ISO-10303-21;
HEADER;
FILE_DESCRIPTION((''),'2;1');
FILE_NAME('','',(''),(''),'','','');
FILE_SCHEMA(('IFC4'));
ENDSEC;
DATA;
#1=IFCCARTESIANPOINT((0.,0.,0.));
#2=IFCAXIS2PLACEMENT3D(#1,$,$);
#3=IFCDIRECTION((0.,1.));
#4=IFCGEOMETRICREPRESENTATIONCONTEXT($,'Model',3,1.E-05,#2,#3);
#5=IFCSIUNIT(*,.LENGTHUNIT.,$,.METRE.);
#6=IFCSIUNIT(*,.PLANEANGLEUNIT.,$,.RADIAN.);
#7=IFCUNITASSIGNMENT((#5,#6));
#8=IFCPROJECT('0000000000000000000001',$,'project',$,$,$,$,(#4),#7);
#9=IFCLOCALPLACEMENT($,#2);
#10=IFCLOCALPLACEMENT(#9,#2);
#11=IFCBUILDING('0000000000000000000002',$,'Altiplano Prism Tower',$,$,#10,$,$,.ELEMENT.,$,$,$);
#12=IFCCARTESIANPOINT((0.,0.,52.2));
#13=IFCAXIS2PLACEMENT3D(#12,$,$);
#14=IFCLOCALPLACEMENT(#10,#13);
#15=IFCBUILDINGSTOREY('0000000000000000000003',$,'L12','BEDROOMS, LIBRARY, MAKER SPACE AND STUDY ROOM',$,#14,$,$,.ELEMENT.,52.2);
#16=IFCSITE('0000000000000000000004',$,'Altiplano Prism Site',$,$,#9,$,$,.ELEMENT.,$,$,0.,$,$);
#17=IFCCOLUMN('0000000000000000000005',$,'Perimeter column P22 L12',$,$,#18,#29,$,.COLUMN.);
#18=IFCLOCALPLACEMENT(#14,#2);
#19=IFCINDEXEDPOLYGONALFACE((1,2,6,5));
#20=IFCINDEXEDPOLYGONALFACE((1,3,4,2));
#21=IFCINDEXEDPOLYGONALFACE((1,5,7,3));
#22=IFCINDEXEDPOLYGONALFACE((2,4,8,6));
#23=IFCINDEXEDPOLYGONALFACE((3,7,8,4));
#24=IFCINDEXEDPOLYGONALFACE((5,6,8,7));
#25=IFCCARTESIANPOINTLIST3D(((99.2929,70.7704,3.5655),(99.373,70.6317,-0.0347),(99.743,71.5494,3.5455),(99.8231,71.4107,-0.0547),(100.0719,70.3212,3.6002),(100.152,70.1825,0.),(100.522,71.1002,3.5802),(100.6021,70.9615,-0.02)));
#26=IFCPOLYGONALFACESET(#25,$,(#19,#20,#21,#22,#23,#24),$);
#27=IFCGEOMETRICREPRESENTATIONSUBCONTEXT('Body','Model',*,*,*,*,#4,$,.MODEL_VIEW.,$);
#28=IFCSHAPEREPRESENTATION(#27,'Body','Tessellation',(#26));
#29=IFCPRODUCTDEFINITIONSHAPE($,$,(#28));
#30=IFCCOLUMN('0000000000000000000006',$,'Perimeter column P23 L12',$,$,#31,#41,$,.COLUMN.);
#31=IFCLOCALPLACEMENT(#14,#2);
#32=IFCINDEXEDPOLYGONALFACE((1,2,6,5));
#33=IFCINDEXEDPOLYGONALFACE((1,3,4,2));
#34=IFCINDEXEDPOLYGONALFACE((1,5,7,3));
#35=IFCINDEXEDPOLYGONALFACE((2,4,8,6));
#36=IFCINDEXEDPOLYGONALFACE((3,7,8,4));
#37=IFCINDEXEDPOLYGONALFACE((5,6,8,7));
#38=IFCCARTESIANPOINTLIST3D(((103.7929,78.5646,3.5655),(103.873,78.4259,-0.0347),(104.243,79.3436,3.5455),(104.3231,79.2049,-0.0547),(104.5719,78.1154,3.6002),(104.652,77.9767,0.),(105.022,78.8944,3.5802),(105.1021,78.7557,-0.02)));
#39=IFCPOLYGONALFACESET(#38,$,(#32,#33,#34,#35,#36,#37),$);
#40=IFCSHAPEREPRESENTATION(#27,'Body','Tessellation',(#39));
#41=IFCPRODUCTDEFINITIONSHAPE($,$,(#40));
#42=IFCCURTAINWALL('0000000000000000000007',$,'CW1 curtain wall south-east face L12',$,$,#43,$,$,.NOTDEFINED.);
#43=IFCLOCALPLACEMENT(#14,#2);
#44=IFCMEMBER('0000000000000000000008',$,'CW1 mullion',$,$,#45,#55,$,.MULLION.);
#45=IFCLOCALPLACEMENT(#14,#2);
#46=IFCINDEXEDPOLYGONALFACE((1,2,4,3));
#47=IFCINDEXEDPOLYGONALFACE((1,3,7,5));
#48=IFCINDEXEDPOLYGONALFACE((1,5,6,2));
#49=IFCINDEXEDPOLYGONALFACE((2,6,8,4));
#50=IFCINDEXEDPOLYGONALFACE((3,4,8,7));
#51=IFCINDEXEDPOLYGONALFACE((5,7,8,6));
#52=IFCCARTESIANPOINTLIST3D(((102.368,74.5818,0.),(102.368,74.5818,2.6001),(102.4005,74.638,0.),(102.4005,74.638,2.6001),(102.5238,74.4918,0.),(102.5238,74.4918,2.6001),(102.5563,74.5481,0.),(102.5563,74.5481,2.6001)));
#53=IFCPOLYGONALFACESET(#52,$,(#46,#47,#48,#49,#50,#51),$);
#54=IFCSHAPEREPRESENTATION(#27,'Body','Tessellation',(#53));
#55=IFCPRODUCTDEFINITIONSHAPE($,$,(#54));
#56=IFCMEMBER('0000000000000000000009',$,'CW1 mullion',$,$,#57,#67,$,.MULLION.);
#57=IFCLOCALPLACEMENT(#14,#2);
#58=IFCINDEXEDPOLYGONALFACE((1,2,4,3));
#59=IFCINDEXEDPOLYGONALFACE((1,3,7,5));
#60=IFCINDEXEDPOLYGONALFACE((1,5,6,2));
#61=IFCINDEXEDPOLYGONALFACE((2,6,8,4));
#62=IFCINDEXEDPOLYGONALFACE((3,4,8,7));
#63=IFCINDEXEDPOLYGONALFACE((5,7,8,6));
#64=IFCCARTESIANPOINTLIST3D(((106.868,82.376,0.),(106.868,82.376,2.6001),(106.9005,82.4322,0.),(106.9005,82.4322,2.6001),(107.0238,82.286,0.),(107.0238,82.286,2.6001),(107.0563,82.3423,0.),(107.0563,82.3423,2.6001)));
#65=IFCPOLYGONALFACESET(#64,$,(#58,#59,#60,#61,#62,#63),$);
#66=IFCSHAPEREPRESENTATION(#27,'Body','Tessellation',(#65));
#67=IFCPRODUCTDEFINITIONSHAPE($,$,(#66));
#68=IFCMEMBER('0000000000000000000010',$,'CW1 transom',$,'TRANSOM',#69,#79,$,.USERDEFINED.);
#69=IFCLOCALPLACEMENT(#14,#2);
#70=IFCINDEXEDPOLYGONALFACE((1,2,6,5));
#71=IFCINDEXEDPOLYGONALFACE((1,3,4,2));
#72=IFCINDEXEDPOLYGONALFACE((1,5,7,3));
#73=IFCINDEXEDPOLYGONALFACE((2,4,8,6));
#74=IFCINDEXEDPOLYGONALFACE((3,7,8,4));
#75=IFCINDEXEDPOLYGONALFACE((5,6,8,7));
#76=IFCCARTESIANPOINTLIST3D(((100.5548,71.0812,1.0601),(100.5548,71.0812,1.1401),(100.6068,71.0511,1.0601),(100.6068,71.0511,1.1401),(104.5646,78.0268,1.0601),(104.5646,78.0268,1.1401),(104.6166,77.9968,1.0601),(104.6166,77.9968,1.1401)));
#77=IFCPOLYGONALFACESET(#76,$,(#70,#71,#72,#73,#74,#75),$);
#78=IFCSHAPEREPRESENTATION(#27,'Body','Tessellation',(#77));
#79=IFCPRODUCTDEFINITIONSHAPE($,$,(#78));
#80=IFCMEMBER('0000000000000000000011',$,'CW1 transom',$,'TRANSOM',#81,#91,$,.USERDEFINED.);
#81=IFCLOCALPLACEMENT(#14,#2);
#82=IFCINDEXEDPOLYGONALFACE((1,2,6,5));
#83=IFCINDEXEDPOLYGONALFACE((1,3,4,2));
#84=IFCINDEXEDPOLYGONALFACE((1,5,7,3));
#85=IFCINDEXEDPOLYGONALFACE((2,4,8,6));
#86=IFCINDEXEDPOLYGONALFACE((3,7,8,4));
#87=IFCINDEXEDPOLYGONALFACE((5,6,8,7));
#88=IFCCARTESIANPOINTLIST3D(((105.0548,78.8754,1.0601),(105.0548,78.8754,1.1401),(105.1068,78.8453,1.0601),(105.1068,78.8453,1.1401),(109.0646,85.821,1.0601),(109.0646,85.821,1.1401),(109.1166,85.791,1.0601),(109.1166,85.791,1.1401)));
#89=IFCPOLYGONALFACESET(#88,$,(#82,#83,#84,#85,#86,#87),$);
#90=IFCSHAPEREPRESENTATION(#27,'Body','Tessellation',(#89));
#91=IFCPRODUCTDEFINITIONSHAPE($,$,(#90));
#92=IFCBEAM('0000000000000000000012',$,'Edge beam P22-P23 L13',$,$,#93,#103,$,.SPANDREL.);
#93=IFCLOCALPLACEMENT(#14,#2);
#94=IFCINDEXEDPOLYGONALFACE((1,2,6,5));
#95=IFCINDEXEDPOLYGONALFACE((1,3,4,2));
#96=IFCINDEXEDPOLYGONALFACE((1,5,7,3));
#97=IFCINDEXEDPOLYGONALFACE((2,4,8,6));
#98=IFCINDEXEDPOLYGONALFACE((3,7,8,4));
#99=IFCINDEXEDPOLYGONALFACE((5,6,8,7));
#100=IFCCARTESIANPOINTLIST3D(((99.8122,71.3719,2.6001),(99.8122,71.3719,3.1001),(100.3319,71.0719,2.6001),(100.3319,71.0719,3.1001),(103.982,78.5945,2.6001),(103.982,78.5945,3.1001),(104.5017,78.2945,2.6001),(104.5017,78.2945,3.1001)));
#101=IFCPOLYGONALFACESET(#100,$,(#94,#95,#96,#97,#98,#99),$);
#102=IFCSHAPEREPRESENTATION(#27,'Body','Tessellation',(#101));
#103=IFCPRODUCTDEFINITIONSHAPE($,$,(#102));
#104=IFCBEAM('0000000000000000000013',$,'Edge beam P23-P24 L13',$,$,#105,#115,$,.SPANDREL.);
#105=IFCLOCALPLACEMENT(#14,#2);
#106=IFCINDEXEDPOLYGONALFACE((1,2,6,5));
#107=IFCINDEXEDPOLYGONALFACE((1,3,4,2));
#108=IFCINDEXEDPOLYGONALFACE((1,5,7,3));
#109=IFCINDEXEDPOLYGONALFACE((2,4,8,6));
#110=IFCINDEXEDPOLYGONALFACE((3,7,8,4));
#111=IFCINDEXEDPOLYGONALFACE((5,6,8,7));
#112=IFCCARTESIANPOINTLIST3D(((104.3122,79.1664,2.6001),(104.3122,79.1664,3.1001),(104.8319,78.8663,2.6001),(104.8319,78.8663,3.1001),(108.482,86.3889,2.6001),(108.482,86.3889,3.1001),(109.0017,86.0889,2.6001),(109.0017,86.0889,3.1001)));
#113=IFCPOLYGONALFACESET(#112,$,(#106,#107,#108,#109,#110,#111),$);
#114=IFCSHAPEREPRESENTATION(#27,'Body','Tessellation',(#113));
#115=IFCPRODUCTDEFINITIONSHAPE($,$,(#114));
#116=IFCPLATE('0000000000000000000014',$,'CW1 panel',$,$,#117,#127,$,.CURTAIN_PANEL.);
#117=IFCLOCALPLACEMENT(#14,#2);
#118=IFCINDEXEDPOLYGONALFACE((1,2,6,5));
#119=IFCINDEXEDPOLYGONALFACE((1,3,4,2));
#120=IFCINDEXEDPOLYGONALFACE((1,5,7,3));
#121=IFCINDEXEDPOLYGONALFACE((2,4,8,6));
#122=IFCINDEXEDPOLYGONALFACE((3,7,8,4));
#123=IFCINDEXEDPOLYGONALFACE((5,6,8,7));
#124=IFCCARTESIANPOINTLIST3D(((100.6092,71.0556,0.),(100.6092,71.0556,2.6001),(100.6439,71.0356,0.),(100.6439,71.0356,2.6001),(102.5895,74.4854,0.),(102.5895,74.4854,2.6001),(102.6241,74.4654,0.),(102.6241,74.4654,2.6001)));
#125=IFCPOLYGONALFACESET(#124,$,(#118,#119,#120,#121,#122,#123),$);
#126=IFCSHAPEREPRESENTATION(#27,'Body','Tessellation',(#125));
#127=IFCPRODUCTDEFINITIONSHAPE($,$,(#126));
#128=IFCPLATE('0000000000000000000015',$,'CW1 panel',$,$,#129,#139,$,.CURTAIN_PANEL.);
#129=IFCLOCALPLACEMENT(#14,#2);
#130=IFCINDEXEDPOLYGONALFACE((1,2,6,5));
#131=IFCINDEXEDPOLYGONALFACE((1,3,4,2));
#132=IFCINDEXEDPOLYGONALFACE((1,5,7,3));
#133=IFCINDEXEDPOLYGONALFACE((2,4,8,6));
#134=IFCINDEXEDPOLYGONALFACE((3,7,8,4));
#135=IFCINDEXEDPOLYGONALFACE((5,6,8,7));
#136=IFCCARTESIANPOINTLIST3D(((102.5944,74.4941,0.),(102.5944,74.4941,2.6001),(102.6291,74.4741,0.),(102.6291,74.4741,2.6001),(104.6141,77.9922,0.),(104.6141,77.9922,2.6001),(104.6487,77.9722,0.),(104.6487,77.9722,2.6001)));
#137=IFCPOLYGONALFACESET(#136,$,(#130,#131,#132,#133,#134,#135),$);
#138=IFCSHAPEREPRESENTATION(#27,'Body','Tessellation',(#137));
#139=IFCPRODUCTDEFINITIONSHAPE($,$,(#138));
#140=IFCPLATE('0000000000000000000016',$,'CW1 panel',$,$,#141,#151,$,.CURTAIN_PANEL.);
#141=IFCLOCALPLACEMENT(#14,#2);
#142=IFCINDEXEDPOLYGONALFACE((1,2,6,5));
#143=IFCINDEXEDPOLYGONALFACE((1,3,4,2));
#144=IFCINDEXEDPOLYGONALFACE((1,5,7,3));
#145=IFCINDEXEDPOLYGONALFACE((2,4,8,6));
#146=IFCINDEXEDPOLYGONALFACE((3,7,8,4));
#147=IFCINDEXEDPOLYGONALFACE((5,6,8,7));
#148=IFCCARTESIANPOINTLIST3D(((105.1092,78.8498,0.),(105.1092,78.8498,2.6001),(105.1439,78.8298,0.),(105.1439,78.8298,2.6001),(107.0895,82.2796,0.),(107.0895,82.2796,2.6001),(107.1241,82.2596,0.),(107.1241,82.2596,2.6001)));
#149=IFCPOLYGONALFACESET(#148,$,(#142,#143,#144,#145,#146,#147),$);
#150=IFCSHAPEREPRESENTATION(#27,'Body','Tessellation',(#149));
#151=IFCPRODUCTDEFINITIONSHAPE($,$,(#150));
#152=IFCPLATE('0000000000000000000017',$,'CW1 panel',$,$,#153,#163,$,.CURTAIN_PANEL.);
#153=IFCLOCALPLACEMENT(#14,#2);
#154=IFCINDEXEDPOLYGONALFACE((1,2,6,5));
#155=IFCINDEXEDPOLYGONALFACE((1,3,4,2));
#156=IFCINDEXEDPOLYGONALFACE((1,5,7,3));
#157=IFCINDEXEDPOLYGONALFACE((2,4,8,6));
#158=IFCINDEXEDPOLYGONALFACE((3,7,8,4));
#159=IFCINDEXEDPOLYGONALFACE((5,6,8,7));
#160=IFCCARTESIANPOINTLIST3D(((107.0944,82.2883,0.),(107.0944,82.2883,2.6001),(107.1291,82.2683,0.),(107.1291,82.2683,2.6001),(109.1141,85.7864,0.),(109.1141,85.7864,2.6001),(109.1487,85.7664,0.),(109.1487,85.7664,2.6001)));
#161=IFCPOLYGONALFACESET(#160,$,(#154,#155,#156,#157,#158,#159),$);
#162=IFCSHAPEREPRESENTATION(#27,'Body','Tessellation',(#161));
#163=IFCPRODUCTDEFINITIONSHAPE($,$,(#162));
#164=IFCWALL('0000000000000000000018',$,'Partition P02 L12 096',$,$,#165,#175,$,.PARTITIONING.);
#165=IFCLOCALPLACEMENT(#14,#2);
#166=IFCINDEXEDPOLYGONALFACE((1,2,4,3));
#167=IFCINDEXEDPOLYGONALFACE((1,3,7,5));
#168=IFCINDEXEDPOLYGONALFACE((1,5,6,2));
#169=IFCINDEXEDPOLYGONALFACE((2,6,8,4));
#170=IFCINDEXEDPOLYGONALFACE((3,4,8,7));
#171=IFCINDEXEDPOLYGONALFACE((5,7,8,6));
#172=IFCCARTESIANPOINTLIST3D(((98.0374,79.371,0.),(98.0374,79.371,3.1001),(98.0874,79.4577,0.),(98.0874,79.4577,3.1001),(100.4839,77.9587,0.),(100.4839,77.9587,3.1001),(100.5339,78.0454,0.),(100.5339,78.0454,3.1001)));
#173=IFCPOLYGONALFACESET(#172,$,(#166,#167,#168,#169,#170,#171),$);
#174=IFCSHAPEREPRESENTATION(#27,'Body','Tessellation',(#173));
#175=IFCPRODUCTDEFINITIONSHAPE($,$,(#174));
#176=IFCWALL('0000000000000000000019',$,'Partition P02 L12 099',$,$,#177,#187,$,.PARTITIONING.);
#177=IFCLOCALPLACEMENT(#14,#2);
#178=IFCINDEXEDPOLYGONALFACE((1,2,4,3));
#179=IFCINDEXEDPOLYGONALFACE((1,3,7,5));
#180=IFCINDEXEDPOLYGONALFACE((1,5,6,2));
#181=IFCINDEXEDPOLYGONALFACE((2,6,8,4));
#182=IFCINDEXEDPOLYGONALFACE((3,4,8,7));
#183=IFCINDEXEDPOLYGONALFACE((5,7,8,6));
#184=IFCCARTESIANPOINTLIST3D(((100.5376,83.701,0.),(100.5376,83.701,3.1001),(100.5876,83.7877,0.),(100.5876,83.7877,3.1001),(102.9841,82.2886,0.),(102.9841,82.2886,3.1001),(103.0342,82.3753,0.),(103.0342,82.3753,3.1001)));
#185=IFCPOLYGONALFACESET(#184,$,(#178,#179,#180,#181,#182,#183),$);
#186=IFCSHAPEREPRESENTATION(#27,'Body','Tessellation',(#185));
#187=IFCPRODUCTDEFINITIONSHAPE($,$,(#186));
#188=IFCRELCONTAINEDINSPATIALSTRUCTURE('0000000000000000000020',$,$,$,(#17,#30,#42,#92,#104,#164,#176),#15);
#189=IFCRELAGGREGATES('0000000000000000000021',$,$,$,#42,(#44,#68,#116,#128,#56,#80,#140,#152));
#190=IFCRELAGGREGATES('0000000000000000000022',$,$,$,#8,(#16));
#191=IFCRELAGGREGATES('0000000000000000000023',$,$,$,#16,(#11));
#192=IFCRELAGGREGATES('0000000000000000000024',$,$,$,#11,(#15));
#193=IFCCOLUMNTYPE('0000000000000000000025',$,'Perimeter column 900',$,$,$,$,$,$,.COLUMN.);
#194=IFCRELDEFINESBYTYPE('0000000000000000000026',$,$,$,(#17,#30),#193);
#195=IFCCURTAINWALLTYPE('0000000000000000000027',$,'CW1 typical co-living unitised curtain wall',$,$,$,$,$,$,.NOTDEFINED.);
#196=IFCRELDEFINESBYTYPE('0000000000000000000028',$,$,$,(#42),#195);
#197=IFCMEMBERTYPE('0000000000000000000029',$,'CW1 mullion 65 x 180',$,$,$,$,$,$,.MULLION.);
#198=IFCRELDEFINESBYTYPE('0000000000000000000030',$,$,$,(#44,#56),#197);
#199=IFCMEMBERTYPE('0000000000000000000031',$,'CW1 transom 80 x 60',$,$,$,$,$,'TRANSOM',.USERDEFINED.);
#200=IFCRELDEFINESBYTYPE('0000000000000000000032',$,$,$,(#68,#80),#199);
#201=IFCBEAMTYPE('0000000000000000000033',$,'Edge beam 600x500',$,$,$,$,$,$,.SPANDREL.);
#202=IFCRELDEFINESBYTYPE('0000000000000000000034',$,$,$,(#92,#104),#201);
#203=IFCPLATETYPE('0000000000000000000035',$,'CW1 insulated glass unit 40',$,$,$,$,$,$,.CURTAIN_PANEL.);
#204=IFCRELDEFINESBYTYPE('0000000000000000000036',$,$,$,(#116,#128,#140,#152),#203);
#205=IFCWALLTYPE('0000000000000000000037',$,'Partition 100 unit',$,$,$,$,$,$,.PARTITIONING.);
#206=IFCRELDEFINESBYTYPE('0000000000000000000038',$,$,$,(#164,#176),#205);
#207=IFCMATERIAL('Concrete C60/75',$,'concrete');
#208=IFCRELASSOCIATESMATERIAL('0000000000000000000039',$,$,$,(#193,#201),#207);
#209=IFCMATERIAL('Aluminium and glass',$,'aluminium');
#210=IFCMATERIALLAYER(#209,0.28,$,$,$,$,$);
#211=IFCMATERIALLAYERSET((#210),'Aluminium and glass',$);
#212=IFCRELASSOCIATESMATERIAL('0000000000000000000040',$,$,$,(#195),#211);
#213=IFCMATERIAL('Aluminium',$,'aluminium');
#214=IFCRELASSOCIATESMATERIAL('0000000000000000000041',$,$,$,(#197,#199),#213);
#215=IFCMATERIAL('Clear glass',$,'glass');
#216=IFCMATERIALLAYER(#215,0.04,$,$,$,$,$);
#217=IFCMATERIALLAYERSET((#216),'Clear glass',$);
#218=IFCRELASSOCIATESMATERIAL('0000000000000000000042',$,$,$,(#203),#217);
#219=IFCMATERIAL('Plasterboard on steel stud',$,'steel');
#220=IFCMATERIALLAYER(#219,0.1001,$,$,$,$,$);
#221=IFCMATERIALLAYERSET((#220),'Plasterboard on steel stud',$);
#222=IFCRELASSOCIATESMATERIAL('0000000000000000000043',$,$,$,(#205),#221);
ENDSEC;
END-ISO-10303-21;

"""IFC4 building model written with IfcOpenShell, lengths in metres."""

from ifc_helpers import new_model, si_unit, direction, frame, frame_2d, origin, origin_2d, place, context, subcontext, project, spatial, rectangle, extrude, material, layer, layer_set, material_profile, profile_set, type_object, element, aggregate, save


model = new_model("IFC4")

# Units and contexts
model_context = context("Model", 3, precision=1e-05, world=origin(), true_north=direction((0.0, 1.0)))
body_context = subcontext(model_context, "Body", "Model", "MODEL_VIEW")
ifc_project = project(units=[si_unit("LENGTHUNIT", "METRE"), si_unit("PLANEANGLEUNIT", "RADIAN")], contexts=[model_context])

# Site, building, storey
site_placement = place(None, origin())
site = spatial("IfcSite", under=ifc_project, at=site_placement, Name="Altiplano Prism Site", CompositionType="ELEMENT", RefElevation=0.0)
building_placement = place(site_placement, origin())
building = spatial("IfcBuilding", under=site, at=building_placement, Name="Altiplano Prism Tower", CompositionType="ELEMENT")
storey_placement = place(building_placement, frame((0.0, 0.0, 52.2)))
storey = spatial("IfcBuildingStorey", under=building, at=storey_placement, Name="L12", Description="BEDROOMS, LIBRARY, MAKER SPACE AND STUDY ROOM", CompositionType="ELEMENT", Elevation=52.2)

# Columns
ifc_material_1 = material(Name="Concrete C60/75", Category="concrete")
ifc_material_profile_1 = material_profile(ifc_material_1, rectangle(XDim=0.8999, YDim=0.8999, at=origin_2d()), Name="Perimeter column 900")
ifc_profile_set_1 = profile_set([ifc_material_profile_1], Name="Concrete C60/75")
column_type = type_object("IfcColumnType", Name="Perimeter column 900", PredefinedType="COLUMN", material=ifc_profile_set_1)
for number, where, z_axis, x_axis, name in (
    (1, (99.9875, 70.7966, -0.0273), (-0.022221, 0.038481, 0.999012), (-0.50017, -0.865642, 0.022218), "Perimeter column P22 L12"),
    (2, (104.4875, 78.5908, -0.0273), (-0.022221, 0.038481, 0.999012), (-0.500175, -0.86564, 0.022218), "Perimeter column P23 L12"),
):
    element("IfcColumn", number, at=place(storey_placement, frame(where, z_axis=z_axis, x_axis=x_axis)), inside=storey, type_object=column_type, Name=name, PredefinedType="COLUMN", context=body_context, shape_type="SweptSolid", body=[
        extrude(rectangle(XDim=0.8999, YDim=0.8999, at=origin_2d()), origin(), (0.0, 0.0, 1.0), 3.6038),
    ])

# Curtain wall, members
ifc_material_2 = material(Name="Aluminium and glass", Category="aluminium")
ifc_layer_1 = layer(ifc_material_2, 0.28)
ifc_layer_set_1 = layer_set([ifc_layer_1], Name="Aluminium and glass")
curtain_wall_type = type_object("IfcCurtainWallType", Name="CW1 typical co-living unitised curtain wall", PredefinedType="NOTDEFINED", material=ifc_layer_set_1)
curtain_wall_placement = place(storey_placement, origin())
curtain_wall = element("IfcCurtainWall", 3, at=curtain_wall_placement, inside=storey, type_object=curtain_wall_type, Name="CW1 curtain wall south-east face L12", PredefinedType="NOTDEFINED")
ifc_material_3 = material(Name="Aluminium", Category="aluminium")
ifc_material_profile_2 = material_profile(ifc_material_3, rectangle(XDim=0.1799, YDim=0.0649, at=origin_2d()), Name="CW1 mullion 65 x 180")
ifc_profile_set_2 = profile_set([ifc_material_profile_2], Name="Aluminium")
member_type_1 = type_object("IfcMemberType", Name="CW1 mullion 65 x 180", PredefinedType="MULLION", material=ifc_profile_set_2)
member_1_placement = place(storey_placement, frame((102.4622, 74.5649, 0.0), z_axis=(0.0, 0.0, 1.0), x_axis=(-0.866025, 0.5, 0.0)))
member_1 = element("IfcMember", 4, at=member_1_placement, type_object=member_type_1, Name="CW1 mullion", PredefinedType="MULLION", context=body_context, shape_type="SweptSolid", body=[
    extrude(rectangle(XDim=0.1799, YDim=0.0649, at=origin_2d()), origin(), (0.0, 0.0, 1.0), 2.6001),
])
member_2_placement = place(storey_placement, frame((106.9622, 82.3591, 0.0), z_axis=(0.0, 0.0, 1.0), x_axis=(-0.866025, 0.5, 0.0)))
member_2 = element("IfcMember", 5, at=member_2_placement, type_object=member_type_1, Name="CW1 mullion", PredefinedType="MULLION", context=body_context, shape_type="SweptSolid", body=[
    extrude(rectangle(XDim=0.1799, YDim=0.0649, at=origin_2d()), origin(), (0.0, 0.0, 1.0), 2.6001),
])
ifc_material_profile_3 = material_profile(ifc_material_3, rectangle(XDim=0.0601, YDim=0.0801, at=origin_2d()), Name="CW1 transom 80 x 60")
ifc_profile_set_3 = profile_set([ifc_material_profile_3], Name="Aluminium")
member_type_2 = type_object("IfcMemberType", Name="CW1 transom 80 x 60", ElementType="TRANSOM", PredefinedType="USERDEFINED", material=ifc_profile_set_3)
member_3_placement = place(storey_placement, frame((100.5808, 71.0662, 1.1001), z_axis=(0.499976, 0.866039, 0.0), x_axis=(-0.866039, 0.499976, 0.0)))
member_3 = element("IfcMember", 6, at=member_3_placement, type_object=member_type_2, Name="CW1 transom", ObjectType="TRANSOM", PredefinedType="USERDEFINED", context=body_context, shape_type="SweptSolid", body=[
    extrude(rectangle(XDim=0.0601, YDim=0.0801, at=origin_2d()), origin(), (0.0, 0.0, 1.0), 8.02),
])
member_4_placement = place(storey_placement, frame((105.0808, 78.8604, 1.1001), z_axis=(0.499976, 0.866039, 0.0), x_axis=(-0.866039, 0.499976, 0.0)))
member_4 = element("IfcMember", 7, at=member_4_placement, type_object=member_type_2, Name="CW1 transom", ObjectType="TRANSOM", PredefinedType="USERDEFINED", context=body_context, shape_type="SweptSolid", body=[
    extrude(rectangle(XDim=0.0601, YDim=0.0801, at=origin_2d()), origin(), (0.0, 0.0, 1.0), 8.02),
])

# Beams
ifc_material_profile_4 = material_profile(ifc_material_1, rectangle(XDim=0.6001, YDim=0.5, at=origin_2d()), Name="Edge beam 600x500")
ifc_profile_set_4 = profile_set([ifc_material_profile_4], Name="Concrete C60/75")
beam_type = type_object("IfcBeamType", Name="Edge beam 600x500", PredefinedType="SPANDREL", material=ifc_profile_set_4)
for number, where, z_axis, x_axis, name in (
    (8, (100.072, 71.2219, 2.8501), (0.499993, 0.86603, 0.0), (-0.86603, 0.499993, 0.0), "Edge beam P22-P23 L13"),
    (9, (104.572, 79.0164, 2.8501), (0.499993, 0.86603, 0.0), (-0.86603, 0.499993, 0.0), "Edge beam P23-P24 L13"),
):
    element("IfcBeam", number, at=place(storey_placement, frame(where, z_axis=z_axis, x_axis=x_axis)), inside=storey, type_object=beam_type, Name=name, PredefinedType="SPANDREL", context=body_context, shape_type="SweptSolid", body=[
        extrude(rectangle(XDim=0.6001, YDim=0.5, at=origin_2d()), origin(), (0.0, 0.0, 1.0), 8.3398),
    ])

# Plates
ifc_material_4 = material(Name="Clear glass", Category="glass")
ifc_layer_2 = layer(ifc_material_4, 0.04)
ifc_layer_set_2 = layer_set([ifc_layer_2], Name="Clear glass")
plate_type = type_object("IfcPlateType", Name="CW1 insulated glass unit 40", PredefinedType="CURTAIN_PANEL", material=ifc_layer_set_2)
plate_1_placement = place(storey_placement, frame((101.6167, 72.7605, 0.0), z_axis=(0.0, 0.0, 1.0), x_axis=(0.5, 0.866025, 0.0)))
plate_1 = element("IfcPlate", 10, at=plate_1_placement, type_object=plate_type, Name="CW1 panel", PredefinedType="CURTAIN_PANEL", context=body_context, shape_type="SweptSolid", body=[
    extrude(rectangle(XDim=3.9604, YDim=0.04, at=origin_2d()), origin(), (0.0, 0.0, 1.0), 2.6001),
])
plate_2_placement = place(storey_placement, frame((103.6216, 76.2332, 0.0), z_axis=(0.0, 0.0, 1.0), x_axis=(0.5, 0.866025, 0.0)))
plate_2 = element("IfcPlate", 11, at=plate_2_placement, type_object=plate_type, Name="CW1 panel", PredefinedType="CURTAIN_PANEL", context=body_context, shape_type="SweptSolid", body=[
    extrude(rectangle(XDim=4.0393, YDim=0.04, at=origin_2d()), origin(), (0.0, 0.0, 1.0), 2.6001),
])
plate_3_placement = place(storey_placement, frame((106.1167, 80.5547, 0.0), z_axis=(0.0, 0.0, 1.0), x_axis=(0.5, 0.866025, 0.0)))
plate_3 = element("IfcPlate", 12, at=plate_3_placement, type_object=plate_type, Name="CW1 panel", PredefinedType="CURTAIN_PANEL", context=body_context, shape_type="SweptSolid", body=[
    extrude(rectangle(XDim=3.9604, YDim=0.04, at=origin_2d()), origin(), (0.0, 0.0, 1.0), 2.6001),
])
plate_4_placement = place(storey_placement, frame((108.1216, 84.0273, 0.0), z_axis=(0.0, 0.0, 1.0), x_axis=(0.5, 0.866025, 0.0)))
plate_4 = element("IfcPlate", 13, at=plate_4_placement, type_object=plate_type, Name="CW1 panel", PredefinedType="CURTAIN_PANEL", context=body_context, shape_type="SweptSolid", body=[
    extrude(rectangle(XDim=4.0393, YDim=0.04, at=origin_2d()), origin(), (0.0, 0.0, 1.0), 2.6001),
])
aggregate(curtain_wall, [member_1, member_3, plate_1, plate_2, member_2, member_4, plate_3, plate_4])

# Walls
ifc_material_5 = material(Name="Plasterboard on steel stud", Category="steel")
ifc_layer_3 = layer(ifc_material_5, 0.1001)
ifc_layer_set_3 = layer_set([ifc_layer_3], Name="Plasterboard on steel stud")
wall_type_1 = type_object("IfcWallType", Name="Partition 100 unit", PredefinedType="PARTITIONING", material=ifc_layer_set_3)
for number, where, z_axis, x_axis, name in (
    (14, (100.509, 78.002, 0.0), (0.0, 0.0, 1.0), (-0.866049, 0.499959, 0.0), "Partition P02 L12 096"),
    (15, (100.5625, 83.7444, 0.0), (0.0, 0.0, 1.0), (0.866049, -0.499959, 0.0), "Partition P02 L12 099"),
):
    element("IfcWall", number, at=place(storey_placement, frame(where, z_axis=z_axis, x_axis=x_axis)), inside=storey, type_object=wall_type_1, Name=name, PredefinedType="PARTITIONING", context=body_context, shape_type="SweptSolid", body=[
        extrude(rectangle(XDim=2.825, YDim=0.1001, at=frame_2d((1.4126, 0.0))), origin(), (0.0, 0.0, 1.0), 3.1001),
    ])

save(model, "model.ifc")
